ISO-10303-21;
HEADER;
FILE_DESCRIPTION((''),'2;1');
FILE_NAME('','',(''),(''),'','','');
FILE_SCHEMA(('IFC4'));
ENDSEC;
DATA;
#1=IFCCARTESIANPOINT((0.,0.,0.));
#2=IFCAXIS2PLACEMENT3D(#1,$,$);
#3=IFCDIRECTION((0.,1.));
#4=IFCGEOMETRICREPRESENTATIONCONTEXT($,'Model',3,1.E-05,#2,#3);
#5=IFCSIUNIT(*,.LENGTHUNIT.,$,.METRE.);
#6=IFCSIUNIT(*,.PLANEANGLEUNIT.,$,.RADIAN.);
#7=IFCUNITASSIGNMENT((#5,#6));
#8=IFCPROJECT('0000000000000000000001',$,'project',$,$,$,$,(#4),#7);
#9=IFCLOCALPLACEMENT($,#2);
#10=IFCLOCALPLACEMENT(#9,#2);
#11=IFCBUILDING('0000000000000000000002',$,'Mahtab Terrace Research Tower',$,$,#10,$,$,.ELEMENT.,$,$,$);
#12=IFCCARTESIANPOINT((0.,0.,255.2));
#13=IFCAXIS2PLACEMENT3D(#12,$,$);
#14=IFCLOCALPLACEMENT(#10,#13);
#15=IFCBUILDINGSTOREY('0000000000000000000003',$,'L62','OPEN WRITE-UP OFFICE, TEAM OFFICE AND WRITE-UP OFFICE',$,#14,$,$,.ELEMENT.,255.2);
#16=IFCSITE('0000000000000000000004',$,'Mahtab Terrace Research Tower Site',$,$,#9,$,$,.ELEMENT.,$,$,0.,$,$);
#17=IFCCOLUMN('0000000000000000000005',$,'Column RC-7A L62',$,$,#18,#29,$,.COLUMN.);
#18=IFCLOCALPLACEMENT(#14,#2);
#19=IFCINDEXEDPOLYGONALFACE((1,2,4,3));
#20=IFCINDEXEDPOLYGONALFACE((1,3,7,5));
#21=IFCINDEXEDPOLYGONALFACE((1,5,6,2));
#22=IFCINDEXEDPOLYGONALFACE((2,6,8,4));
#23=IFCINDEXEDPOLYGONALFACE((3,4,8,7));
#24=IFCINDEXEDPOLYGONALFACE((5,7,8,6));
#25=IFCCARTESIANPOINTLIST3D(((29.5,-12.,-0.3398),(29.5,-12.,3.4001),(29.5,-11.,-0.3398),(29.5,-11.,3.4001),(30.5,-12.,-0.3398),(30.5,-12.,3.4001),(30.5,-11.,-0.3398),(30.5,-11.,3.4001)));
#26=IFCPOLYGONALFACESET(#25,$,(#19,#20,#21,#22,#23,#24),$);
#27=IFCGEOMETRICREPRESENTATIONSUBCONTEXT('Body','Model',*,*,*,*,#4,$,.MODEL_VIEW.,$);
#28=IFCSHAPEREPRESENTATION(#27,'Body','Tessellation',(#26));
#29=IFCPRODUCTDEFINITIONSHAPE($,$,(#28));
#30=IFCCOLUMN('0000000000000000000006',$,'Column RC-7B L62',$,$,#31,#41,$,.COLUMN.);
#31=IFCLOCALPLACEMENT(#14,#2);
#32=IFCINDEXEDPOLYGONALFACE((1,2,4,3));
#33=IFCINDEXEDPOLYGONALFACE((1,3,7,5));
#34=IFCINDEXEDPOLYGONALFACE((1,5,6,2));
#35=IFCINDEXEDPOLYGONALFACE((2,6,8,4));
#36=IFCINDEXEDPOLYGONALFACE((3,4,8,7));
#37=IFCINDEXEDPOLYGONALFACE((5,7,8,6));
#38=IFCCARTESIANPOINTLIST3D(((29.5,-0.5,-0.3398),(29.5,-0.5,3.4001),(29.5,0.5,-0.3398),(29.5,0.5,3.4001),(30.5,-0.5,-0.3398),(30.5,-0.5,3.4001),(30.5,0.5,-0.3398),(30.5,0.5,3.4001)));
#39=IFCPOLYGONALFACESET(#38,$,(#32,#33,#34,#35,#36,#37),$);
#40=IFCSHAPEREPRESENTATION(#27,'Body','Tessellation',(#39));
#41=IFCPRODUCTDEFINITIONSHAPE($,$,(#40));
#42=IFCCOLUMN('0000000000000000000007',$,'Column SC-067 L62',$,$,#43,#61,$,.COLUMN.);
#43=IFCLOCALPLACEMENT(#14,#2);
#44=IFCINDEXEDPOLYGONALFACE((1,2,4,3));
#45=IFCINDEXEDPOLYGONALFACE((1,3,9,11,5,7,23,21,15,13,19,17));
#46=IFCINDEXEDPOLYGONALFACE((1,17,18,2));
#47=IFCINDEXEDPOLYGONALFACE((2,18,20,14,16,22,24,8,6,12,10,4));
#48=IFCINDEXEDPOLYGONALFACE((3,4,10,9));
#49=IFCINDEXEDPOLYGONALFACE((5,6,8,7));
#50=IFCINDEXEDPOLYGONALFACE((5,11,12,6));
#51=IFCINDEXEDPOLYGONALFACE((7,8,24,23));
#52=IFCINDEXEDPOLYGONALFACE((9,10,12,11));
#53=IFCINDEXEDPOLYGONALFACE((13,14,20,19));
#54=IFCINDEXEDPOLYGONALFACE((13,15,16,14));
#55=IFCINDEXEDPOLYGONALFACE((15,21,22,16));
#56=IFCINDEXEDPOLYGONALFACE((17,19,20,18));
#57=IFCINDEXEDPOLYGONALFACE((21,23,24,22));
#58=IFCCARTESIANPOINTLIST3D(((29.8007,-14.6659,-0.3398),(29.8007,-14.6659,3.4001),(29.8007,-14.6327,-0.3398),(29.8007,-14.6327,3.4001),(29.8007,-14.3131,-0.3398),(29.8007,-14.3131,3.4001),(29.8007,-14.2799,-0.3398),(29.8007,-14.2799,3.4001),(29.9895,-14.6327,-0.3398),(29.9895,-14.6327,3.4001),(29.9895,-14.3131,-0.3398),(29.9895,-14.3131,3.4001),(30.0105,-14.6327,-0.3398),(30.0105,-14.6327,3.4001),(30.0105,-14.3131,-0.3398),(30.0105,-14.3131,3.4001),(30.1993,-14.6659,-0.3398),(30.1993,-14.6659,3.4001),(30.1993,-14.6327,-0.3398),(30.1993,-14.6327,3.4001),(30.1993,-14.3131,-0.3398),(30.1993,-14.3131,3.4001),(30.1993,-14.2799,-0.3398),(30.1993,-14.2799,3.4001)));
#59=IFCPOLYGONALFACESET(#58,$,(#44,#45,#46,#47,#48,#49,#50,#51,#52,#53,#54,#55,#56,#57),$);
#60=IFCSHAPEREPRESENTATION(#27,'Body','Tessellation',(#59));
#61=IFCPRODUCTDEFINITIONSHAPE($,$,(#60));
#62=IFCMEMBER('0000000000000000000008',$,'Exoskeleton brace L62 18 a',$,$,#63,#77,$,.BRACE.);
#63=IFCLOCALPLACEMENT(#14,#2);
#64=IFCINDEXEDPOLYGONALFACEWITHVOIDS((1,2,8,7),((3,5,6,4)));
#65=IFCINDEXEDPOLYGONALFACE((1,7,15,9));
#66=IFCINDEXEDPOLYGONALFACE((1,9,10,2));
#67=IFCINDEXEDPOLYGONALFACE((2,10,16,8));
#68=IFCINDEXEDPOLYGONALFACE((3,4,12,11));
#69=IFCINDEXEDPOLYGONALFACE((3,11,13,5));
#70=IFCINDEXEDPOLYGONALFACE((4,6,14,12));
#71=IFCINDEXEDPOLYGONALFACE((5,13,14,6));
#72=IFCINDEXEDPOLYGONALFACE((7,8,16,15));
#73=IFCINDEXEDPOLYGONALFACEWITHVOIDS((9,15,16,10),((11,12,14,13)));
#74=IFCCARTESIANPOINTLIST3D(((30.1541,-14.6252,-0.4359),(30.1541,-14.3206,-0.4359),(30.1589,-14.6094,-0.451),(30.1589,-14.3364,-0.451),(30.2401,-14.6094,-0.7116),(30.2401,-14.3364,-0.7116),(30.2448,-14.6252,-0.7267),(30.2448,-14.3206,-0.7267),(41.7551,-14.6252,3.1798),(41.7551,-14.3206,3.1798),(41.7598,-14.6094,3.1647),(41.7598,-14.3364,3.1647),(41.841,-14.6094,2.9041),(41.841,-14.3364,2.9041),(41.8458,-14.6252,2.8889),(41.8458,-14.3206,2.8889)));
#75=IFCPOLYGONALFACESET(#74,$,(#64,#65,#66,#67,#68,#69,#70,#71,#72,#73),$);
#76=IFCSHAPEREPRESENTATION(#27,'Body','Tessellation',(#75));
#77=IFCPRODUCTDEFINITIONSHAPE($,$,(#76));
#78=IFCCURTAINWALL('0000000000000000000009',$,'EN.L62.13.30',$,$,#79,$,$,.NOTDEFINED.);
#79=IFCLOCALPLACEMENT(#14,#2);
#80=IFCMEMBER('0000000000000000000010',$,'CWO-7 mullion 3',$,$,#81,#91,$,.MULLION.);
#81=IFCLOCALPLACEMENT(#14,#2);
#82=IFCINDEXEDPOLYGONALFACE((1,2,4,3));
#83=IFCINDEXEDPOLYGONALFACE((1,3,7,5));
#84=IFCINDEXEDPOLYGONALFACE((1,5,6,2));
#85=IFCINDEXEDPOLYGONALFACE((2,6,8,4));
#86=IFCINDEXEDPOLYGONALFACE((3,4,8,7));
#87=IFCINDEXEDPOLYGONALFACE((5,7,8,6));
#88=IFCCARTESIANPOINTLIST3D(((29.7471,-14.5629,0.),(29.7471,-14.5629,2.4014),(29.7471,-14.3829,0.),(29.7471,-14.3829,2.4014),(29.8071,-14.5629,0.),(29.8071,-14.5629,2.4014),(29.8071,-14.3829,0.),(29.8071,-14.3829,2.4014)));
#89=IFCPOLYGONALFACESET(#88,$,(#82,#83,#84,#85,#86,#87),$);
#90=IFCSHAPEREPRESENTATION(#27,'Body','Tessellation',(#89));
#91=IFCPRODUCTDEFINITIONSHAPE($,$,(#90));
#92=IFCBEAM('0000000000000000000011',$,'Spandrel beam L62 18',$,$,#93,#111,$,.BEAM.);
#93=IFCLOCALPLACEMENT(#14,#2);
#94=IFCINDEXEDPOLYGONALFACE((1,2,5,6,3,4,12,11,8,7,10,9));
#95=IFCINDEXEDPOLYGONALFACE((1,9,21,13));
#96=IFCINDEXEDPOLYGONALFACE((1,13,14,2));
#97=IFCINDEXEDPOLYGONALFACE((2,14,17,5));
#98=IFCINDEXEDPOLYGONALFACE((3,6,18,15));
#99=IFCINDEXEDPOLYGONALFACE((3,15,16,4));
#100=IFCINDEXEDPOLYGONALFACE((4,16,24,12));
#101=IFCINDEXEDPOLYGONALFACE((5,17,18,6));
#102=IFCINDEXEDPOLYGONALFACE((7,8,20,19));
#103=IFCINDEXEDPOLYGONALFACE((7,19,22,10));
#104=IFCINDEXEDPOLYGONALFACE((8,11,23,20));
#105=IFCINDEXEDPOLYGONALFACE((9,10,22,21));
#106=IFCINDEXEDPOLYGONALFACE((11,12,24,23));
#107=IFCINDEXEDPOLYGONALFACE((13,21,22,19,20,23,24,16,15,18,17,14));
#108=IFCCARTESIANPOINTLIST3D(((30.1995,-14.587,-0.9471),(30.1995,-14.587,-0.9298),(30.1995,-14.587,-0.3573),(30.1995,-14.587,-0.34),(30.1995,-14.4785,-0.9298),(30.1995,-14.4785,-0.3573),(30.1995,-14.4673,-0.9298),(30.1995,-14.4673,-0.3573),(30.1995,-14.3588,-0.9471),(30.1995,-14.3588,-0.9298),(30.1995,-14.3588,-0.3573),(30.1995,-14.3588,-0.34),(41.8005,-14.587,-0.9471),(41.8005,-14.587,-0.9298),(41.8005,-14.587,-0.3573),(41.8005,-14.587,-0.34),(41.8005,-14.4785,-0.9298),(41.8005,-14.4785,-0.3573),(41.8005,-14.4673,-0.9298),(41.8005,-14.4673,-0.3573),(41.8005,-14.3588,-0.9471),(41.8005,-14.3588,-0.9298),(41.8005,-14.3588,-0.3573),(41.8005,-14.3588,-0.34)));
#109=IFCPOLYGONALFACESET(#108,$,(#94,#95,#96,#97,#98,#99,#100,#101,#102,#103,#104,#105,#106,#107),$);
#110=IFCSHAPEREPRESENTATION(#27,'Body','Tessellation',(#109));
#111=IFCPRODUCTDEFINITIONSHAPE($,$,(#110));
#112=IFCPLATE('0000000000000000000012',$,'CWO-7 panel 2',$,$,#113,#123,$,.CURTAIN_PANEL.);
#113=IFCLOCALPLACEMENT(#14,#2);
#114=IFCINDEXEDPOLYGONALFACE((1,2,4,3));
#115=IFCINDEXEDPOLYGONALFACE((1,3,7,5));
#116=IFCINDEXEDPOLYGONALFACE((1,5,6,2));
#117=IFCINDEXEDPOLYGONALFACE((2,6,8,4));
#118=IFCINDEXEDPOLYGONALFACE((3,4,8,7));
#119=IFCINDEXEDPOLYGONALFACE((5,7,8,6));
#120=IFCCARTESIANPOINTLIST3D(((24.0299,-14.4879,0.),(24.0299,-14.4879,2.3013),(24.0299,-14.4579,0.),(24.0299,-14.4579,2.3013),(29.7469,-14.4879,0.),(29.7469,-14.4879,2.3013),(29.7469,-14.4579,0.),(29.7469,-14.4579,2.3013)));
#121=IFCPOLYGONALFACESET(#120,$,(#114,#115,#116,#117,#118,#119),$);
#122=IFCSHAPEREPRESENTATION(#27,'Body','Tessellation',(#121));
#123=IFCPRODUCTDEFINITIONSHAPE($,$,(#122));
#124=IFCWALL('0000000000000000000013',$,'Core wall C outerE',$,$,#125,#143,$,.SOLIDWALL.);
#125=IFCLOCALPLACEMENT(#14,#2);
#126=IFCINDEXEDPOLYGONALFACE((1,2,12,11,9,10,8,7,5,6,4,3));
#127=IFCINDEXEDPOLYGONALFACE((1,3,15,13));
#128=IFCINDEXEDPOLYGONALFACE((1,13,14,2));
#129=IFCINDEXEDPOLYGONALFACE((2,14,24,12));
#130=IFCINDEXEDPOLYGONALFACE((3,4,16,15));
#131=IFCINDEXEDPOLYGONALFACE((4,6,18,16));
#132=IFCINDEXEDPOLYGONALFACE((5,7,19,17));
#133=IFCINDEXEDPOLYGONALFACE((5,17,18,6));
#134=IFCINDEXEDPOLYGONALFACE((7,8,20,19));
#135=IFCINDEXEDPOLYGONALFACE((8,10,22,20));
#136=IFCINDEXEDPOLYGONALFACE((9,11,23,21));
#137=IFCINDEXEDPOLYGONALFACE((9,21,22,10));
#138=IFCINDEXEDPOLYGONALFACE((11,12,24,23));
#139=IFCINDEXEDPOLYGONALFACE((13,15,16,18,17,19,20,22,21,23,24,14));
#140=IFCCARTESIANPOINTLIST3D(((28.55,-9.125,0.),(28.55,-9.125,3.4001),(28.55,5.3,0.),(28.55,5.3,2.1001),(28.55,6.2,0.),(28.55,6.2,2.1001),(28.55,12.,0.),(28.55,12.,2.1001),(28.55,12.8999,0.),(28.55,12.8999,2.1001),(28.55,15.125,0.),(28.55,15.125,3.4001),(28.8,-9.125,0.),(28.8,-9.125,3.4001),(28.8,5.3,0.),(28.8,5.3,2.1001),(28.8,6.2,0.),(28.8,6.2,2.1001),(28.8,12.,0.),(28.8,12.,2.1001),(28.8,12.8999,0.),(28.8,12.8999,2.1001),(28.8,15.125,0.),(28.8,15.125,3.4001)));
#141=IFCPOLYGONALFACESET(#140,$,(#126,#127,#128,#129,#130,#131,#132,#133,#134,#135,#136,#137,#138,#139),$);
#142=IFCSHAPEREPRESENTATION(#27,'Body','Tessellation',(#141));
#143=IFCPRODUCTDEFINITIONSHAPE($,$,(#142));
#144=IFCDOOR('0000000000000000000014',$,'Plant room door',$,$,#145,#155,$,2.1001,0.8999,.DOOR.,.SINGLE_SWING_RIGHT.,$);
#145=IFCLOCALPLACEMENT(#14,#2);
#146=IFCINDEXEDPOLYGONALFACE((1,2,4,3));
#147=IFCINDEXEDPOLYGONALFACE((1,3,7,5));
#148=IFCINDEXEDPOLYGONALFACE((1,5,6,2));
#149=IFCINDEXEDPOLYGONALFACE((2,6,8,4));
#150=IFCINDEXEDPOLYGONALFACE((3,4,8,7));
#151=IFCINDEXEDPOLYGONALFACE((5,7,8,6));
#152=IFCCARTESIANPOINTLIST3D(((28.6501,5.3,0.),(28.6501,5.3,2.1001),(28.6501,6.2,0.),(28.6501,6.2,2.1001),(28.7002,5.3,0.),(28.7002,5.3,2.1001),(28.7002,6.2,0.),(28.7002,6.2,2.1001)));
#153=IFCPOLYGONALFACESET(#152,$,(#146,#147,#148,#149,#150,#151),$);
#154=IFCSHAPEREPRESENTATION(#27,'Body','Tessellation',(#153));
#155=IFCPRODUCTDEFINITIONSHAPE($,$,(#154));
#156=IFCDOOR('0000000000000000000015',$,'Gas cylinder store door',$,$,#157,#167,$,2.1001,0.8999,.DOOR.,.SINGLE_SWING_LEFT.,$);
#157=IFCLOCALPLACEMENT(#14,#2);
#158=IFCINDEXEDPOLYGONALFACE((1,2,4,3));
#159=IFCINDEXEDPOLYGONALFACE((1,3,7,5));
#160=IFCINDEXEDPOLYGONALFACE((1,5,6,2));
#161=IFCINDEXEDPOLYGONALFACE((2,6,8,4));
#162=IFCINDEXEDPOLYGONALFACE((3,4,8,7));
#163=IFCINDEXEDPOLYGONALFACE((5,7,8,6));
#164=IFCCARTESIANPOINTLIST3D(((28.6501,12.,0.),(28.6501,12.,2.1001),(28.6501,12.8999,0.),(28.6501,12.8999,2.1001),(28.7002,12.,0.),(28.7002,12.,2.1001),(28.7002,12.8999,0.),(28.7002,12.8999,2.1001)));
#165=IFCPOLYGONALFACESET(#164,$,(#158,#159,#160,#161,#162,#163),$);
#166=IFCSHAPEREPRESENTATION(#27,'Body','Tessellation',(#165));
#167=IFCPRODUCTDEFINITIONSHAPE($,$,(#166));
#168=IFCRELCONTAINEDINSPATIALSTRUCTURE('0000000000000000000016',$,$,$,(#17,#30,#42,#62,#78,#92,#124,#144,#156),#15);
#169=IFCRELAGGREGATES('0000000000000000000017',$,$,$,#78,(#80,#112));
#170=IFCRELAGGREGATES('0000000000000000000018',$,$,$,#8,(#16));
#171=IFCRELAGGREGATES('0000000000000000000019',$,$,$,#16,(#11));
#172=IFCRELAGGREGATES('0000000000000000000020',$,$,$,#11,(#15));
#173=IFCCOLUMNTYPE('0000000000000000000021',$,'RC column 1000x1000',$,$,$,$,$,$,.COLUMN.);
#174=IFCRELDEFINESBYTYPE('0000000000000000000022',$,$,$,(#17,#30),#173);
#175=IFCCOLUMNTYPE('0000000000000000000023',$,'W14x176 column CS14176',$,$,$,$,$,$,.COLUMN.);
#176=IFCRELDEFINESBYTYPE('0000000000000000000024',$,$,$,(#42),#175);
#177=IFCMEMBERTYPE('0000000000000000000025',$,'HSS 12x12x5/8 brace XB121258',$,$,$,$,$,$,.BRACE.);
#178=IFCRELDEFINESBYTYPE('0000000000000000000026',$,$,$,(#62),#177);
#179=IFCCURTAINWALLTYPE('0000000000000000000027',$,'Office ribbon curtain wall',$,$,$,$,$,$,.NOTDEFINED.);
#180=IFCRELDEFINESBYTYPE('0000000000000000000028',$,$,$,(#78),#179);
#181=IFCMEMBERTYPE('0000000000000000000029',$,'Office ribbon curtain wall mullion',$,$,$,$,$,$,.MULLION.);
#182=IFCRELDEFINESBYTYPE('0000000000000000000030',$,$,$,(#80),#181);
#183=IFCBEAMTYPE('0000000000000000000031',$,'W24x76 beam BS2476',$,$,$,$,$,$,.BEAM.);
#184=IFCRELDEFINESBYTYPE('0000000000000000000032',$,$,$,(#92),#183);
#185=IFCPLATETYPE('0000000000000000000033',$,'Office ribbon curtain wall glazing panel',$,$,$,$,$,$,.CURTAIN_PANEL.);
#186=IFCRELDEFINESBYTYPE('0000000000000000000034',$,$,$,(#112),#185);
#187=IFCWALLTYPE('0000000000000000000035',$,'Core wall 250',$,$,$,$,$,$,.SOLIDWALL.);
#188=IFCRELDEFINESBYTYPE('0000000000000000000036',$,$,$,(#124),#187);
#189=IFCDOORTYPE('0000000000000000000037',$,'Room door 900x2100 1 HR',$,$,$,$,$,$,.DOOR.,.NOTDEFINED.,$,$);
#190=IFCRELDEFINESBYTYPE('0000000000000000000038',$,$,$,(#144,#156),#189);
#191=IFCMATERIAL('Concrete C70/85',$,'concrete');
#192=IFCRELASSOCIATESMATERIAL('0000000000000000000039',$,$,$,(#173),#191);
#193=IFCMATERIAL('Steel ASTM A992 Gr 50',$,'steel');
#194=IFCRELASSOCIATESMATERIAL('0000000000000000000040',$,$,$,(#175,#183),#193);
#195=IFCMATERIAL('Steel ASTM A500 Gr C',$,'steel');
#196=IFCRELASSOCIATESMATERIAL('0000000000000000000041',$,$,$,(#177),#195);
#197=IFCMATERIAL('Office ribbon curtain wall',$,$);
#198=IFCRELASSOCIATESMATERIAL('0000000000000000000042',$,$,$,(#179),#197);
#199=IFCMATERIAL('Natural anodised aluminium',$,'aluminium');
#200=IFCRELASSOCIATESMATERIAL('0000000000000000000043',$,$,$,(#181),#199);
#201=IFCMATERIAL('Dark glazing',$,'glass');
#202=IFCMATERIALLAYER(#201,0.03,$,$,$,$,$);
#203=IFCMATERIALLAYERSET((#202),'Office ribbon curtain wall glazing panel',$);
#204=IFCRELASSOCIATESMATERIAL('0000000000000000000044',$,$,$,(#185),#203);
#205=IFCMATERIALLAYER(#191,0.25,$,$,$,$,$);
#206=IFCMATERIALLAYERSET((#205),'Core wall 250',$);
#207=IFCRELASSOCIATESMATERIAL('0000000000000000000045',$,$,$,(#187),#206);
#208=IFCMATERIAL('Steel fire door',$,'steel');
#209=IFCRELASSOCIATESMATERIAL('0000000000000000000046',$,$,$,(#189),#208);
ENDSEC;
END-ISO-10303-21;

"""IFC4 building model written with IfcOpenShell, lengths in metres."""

from ifc_helpers import new_model, si_unit, direction, frame, frame_2d, origin, origin_2d, place, context, subcontext, project, spatial, rectangle, hollow_rectangle, i_section, extrude, material, layer, layer_set, material_profile, profile_set, type_object, element, fill, aggregate, save


model = new_model("IFC4")

# Units and contexts
model_context = context("Model", 3, precision=1e-05, world=origin(), true_north=direction((0.0, 1.0)))
body_context = subcontext(model_context, "Body", "Model", "MODEL_VIEW")
ifc_project = project(units=[si_unit("LENGTHUNIT", "METRE"), si_unit("PLANEANGLEUNIT", "RADIAN")], contexts=[model_context])

# Site, building, storey
site_placement = place(None, origin())
site = spatial("IfcSite", under=ifc_project, at=site_placement, Name="Mahtab Terrace Research Tower Site", CompositionType="ELEMENT", RefElevation=0.0)
building_placement = place(site_placement, origin())
building = spatial("IfcBuilding", under=site, at=building_placement, Name="Mahtab Terrace Research Tower", CompositionType="ELEMENT")
storey_placement = place(building_placement, frame((0.0, 0.0, 255.2)))
storey = spatial("IfcBuildingStorey", under=building, at=storey_placement, Name="L62", Description="OPEN WRITE-UP OFFICE, TEAM OFFICE AND WRITE-UP OFFICE", CompositionType="ELEMENT", Elevation=255.2)

# Columns
ifc_material_1 = material(Name="Concrete C70/85", Category="concrete")
ifc_material_profile_1 = material_profile(ifc_material_1, rectangle(XDim=1.0, YDim=1.0, at=origin_2d()), Name="RC column 1000x1000")
ifc_profile_set_1 = profile_set([ifc_material_profile_1], Name="Concrete C70/85")
column_type_1 = type_object("IfcColumnType", Name="RC column 1000x1000", PredefinedType="COLUMN", material=ifc_profile_set_1)
for number, where, z_axis, x_axis, name in (
    (1, (30.0, -11.5, -0.3398), (0.0, 0.0, 1.0), (1.0, 0.0, 0.0), "Column RC-7A L62"),
    (2, (30.0, 0.0, -0.3398), (0.0, 0.0, 1.0), (1.0, 0.0, 0.0), "Column RC-7B L62"),
):
    element("IfcColumn", number, at=place(storey_placement, frame(where, z_axis=z_axis, x_axis=x_axis)), inside=storey, type_object=column_type_1, Name=name, PredefinedType="COLUMN", context=body_context, shape_type="SweptSolid", body=[
        extrude(rectangle(XDim=1.0, YDim=1.0, at=origin_2d()), origin(), (0.0, 0.0, 1.0), 3.74),
    ])
ifc_material_2 = material(Name="Steel ASTM A992 Gr 50", Category="steel")
ifc_material_profile_2 = material_profile(ifc_material_2, i_section(OverallWidth=0.3987, OverallDepth=0.386, WebThickness=0.021, FlangeThickness=0.0332, at=origin_2d()), Name="W14X176")
ifc_profile_set_2 = profile_set([ifc_material_profile_2], Name="Steel ASTM A992 Gr 50")
column_type_2 = type_object("IfcColumnType", Name="W14x176 column CS14176", PredefinedType="COLUMN", material=ifc_profile_set_2)
column_placement = place(storey_placement, frame((30.0, -14.4729, -0.3398), z_axis=(0.0, 0.0, 1.0), x_axis=(1.0, 0.0, 0.0)))
element("IfcColumn", 3, at=column_placement, inside=storey, type_object=column_type_2, Name="Column SC-067 L62", PredefinedType="COLUMN", context=body_context, shape_type="SweptSolid", body=[
    extrude(i_section(OverallWidth=0.3987, OverallDepth=0.386, WebThickness=0.021, FlangeThickness=0.0332, at=origin_2d()), origin(), (0.0, 0.0, 1.0), 3.74),
])

# Member
ifc_material_3 = material(Name="Steel ASTM A500 Gr C", Category="steel")
ifc_material_profile_3 = material_profile(ifc_material_3, hollow_rectangle(XDim=0.3047, YDim=0.3047, WallThickness=0.0159, at=origin_2d()), Name="HSS12X12X5/8")
ifc_profile_set_3 = profile_set([ifc_material_profile_3], Name="Steel ASTM A500 Gr C")
member_type_1 = type_object("IfcMemberType", Name="HSS 12x12x5/8 brace XB121258", PredefinedType="BRACE", material=ifc_profile_set_3)
member_1_placement = place(storey_placement, frame((30.1995, -14.4729, -0.5813), z_axis=(0.954705, 0.0, 0.297554), x_axis=(0.0, 1.0, 0.0)))
element("IfcMember", 4, at=member_1_placement, inside=storey, type_object=member_type_1, Name="Exoskeleton brace L62 18 a", PredefinedType="BRACE", context=body_context, shape_type="SweptSolid", body=[
    extrude(hollow_rectangle(XDim=0.3047, YDim=0.3047, WallThickness=0.0159, at=origin_2d()), origin(), (0.0, 0.0, 1.0), 12.1514),
])

# Curtain wall, member
ifc_material_4 = material(Name="Office ribbon curtain wall")
curtain_wall_type = type_object("IfcCurtainWallType", Name="Office ribbon curtain wall", PredefinedType="NOTDEFINED", material=ifc_material_4)
curtain_wall_placement = place(storey_placement, origin())
curtain_wall = element("IfcCurtainWall", 5, at=curtain_wall_placement, inside=storey, type_object=curtain_wall_type, Name="EN.L62.13.30", PredefinedType="NOTDEFINED")
ifc_material_5 = material(Name="Natural anodised aluminium", Category="aluminium")
ifc_material_profile_4 = material_profile(ifc_material_5, rectangle(XDim=0.1799, YDim=0.0601, at=origin_2d()), Name="MULLION 60x180")
ifc_profile_set_4 = profile_set([ifc_material_profile_4], Name="Natural anodised aluminium")
member_type_2 = type_object("IfcMemberType", Name="Office ribbon curtain wall mullion", PredefinedType="MULLION", material=ifc_profile_set_4)
member_2_placement = place(storey_placement, frame((29.7771, -14.4729, 0.0), z_axis=(0.0, 0.0, 1.0), x_axis=(0.0, 1.0, 0.0)))
member_2 = element("IfcMember", 6, at=member_2_placement, type_object=member_type_2, Name="CWO-7 mullion 3", PredefinedType="MULLION", context=body_context, shape_type="SweptSolid", body=[
    extrude(rectangle(XDim=0.1799, YDim=0.0601, at=origin_2d()), origin(), (0.0, 0.0, 1.0), 2.4014),
])

# Beam
ifc_material_profile_5 = material_profile(ifc_material_2, i_section(OverallWidth=0.2283, OverallDepth=0.6072, WebThickness=0.0112, FlangeThickness=0.0173, at=origin_2d()), Name="W24X76")
ifc_profile_set_5 = profile_set([ifc_material_profile_5], Name="Steel ASTM A992 Gr 50")
beam_type = type_object("IfcBeamType", Name="W24x76 beam BS2476", PredefinedType="BEAM", material=ifc_profile_set_5)
beam_placement = place(storey_placement, frame((30.1995, -14.4729, -0.6436), z_axis=(1.0, 0.0, 0.0), x_axis=(0.0, 1.0, 0.0)))
element("IfcBeam", 7, at=beam_placement, inside=storey, type_object=beam_type, Name="Spandrel beam L62 18", PredefinedType="BEAM", context=body_context, shape_type="SweptSolid", body=[
    extrude(i_section(OverallWidth=0.2283, OverallDepth=0.6072, WebThickness=0.0112, FlangeThickness=0.0173, at=origin_2d()), origin(), (0.0, 0.0, 1.0), 11.6011),
])

# Plate
ifc_material_6 = material(Name="Dark glazing", Category="glass")
ifc_layer_1 = layer(ifc_material_6, 0.03)
ifc_layer_set_1 = layer_set([ifc_layer_1], Name="Office ribbon curtain wall glazing panel")
plate_type = type_object("IfcPlateType", Name="Office ribbon curtain wall glazing panel", PredefinedType="CURTAIN_PANEL", material=ifc_layer_set_1)
plate_placement = place(storey_placement, frame((26.8884, -14.4729, 0.0), z_axis=(0.0, 0.0, 1.0), x_axis=(1.0, 0.0, 0.0)))
plate = element("IfcPlate", 8, at=plate_placement, type_object=plate_type, Name="CWO-7 panel 2", PredefinedType="CURTAIN_PANEL", context=body_context, shape_type="SweptSolid", body=[
    extrude(rectangle(XDim=5.717, YDim=0.03, at=origin_2d()), origin(), (0.0, 0.0, 1.0), 2.3013),
])
aggregate(curtain_wall, [member_2, plate])

# Wall, openings, doors
ifc_layer_2 = layer(ifc_material_1, 0.25)
ifc_layer_set_2 = layer_set([ifc_layer_2], Name="Core wall 250")
wall_type_1 = type_object("IfcWallType", Name="Core wall 250", PredefinedType="SOLIDWALL", material=ifc_layer_set_2)
wall_1_placement = place(storey_placement, frame((28.675, -9.125, 0.0), z_axis=(0.0, 0.0, 1.0), x_axis=(0.0, 1.0, 0.0)))
wall_1 = element("IfcWall", 9, at=wall_1_placement, inside=storey, type_object=wall_type_1, Name="Core wall C outerE", PredefinedType="SOLIDWALL", context=body_context, shape_type="SweptSolid", body=[
    extrude(rectangle(XDim=24.25, YDim=0.25, at=frame_2d((12.125, 0.0))), origin(), (0.0, 0.0, 1.0), 3.4001),
])
opening_1_placement = place(wall_1_placement, frame((14.425, 0.0, 0.0)))
opening_1 = element("IfcOpeningElement", 10, at=opening_1_placement, cuts=wall_1, PredefinedType="OPENING", context=body_context, shape_type="SweptSolid", body=[
    extrude(rectangle(XDim=0.8999, YDim=2.1001, at=frame_2d((0.45, 1.05))), frame((0.0, 0.135, 0.0), z_axis=(0.0, -1.0, 0.0), x_axis=(1.0, 0.0, 0.0)), (0.0, 0.0, 1.0), 0.27),
])
opening_2_placement = place(wall_1_placement, frame((21.125, 0.0, 0.0)))
opening_2 = element("IfcOpeningElement", 11, at=opening_2_placement, cuts=wall_1, PredefinedType="OPENING", context=body_context, shape_type="SweptSolid", body=[
    extrude(rectangle(XDim=0.8999, YDim=2.1001, at=frame_2d((0.45, 1.05))), frame((0.0, 0.135, 0.0), z_axis=(0.0, -1.0, 0.0), x_axis=(1.0, 0.0, 0.0)), (0.0, 0.0, 1.0), 0.27),
])
ifc_material_7 = material(Name="Steel fire door", Category="steel")
door_type_1 = type_object("IfcDoorType", Name="Room door 900x2100 1 HR", OperationType="NOTDEFINED", PredefinedType="DOOR", material=ifc_material_7)
door_1_placement = place(opening_1_placement, origin())
door_1 = element("IfcDoor", 12, at=door_1_placement, inside=storey, type_object=door_type_1, Name="Plant room door", OperationType="SINGLE_SWING_RIGHT", OverallHeight=2.1001, OverallWidth=0.8999, PredefinedType="DOOR", context=body_context, shape_type="SweptSolid", body=[
    extrude(rectangle(XDim=0.8999, YDim=2.1001, at=frame_2d((0.45, 1.05))), frame((0.0, 0.0249, 0.0), z_axis=(0.0, -1.0, 0.0), x_axis=(1.0, 0.0, 0.0)), (0.0, 0.0, 1.0), 0.05),
])
fill(opening_1, door_1)
door_2_placement = place(opening_2_placement, origin())
door_2 = element("IfcDoor", 13, at=door_2_placement, inside=storey, type_object=door_type_1, Name="Gas cylinder store door", OperationType="SINGLE_SWING_LEFT", OverallHeight=2.1001, OverallWidth=0.8999, PredefinedType="DOOR", context=body_context, shape_type="SweptSolid", body=[
    extrude(rectangle(XDim=0.8999, YDim=2.1001, at=frame_2d((0.45, 1.05))), frame((0.0, 0.0249, 0.0), z_axis=(0.0, -1.0, 0.0), x_axis=(1.0, 0.0, 0.0)), (0.0, 0.0, 1.0), 0.05),
])
fill(opening_2, door_2)

save(model, "model.ifc")
